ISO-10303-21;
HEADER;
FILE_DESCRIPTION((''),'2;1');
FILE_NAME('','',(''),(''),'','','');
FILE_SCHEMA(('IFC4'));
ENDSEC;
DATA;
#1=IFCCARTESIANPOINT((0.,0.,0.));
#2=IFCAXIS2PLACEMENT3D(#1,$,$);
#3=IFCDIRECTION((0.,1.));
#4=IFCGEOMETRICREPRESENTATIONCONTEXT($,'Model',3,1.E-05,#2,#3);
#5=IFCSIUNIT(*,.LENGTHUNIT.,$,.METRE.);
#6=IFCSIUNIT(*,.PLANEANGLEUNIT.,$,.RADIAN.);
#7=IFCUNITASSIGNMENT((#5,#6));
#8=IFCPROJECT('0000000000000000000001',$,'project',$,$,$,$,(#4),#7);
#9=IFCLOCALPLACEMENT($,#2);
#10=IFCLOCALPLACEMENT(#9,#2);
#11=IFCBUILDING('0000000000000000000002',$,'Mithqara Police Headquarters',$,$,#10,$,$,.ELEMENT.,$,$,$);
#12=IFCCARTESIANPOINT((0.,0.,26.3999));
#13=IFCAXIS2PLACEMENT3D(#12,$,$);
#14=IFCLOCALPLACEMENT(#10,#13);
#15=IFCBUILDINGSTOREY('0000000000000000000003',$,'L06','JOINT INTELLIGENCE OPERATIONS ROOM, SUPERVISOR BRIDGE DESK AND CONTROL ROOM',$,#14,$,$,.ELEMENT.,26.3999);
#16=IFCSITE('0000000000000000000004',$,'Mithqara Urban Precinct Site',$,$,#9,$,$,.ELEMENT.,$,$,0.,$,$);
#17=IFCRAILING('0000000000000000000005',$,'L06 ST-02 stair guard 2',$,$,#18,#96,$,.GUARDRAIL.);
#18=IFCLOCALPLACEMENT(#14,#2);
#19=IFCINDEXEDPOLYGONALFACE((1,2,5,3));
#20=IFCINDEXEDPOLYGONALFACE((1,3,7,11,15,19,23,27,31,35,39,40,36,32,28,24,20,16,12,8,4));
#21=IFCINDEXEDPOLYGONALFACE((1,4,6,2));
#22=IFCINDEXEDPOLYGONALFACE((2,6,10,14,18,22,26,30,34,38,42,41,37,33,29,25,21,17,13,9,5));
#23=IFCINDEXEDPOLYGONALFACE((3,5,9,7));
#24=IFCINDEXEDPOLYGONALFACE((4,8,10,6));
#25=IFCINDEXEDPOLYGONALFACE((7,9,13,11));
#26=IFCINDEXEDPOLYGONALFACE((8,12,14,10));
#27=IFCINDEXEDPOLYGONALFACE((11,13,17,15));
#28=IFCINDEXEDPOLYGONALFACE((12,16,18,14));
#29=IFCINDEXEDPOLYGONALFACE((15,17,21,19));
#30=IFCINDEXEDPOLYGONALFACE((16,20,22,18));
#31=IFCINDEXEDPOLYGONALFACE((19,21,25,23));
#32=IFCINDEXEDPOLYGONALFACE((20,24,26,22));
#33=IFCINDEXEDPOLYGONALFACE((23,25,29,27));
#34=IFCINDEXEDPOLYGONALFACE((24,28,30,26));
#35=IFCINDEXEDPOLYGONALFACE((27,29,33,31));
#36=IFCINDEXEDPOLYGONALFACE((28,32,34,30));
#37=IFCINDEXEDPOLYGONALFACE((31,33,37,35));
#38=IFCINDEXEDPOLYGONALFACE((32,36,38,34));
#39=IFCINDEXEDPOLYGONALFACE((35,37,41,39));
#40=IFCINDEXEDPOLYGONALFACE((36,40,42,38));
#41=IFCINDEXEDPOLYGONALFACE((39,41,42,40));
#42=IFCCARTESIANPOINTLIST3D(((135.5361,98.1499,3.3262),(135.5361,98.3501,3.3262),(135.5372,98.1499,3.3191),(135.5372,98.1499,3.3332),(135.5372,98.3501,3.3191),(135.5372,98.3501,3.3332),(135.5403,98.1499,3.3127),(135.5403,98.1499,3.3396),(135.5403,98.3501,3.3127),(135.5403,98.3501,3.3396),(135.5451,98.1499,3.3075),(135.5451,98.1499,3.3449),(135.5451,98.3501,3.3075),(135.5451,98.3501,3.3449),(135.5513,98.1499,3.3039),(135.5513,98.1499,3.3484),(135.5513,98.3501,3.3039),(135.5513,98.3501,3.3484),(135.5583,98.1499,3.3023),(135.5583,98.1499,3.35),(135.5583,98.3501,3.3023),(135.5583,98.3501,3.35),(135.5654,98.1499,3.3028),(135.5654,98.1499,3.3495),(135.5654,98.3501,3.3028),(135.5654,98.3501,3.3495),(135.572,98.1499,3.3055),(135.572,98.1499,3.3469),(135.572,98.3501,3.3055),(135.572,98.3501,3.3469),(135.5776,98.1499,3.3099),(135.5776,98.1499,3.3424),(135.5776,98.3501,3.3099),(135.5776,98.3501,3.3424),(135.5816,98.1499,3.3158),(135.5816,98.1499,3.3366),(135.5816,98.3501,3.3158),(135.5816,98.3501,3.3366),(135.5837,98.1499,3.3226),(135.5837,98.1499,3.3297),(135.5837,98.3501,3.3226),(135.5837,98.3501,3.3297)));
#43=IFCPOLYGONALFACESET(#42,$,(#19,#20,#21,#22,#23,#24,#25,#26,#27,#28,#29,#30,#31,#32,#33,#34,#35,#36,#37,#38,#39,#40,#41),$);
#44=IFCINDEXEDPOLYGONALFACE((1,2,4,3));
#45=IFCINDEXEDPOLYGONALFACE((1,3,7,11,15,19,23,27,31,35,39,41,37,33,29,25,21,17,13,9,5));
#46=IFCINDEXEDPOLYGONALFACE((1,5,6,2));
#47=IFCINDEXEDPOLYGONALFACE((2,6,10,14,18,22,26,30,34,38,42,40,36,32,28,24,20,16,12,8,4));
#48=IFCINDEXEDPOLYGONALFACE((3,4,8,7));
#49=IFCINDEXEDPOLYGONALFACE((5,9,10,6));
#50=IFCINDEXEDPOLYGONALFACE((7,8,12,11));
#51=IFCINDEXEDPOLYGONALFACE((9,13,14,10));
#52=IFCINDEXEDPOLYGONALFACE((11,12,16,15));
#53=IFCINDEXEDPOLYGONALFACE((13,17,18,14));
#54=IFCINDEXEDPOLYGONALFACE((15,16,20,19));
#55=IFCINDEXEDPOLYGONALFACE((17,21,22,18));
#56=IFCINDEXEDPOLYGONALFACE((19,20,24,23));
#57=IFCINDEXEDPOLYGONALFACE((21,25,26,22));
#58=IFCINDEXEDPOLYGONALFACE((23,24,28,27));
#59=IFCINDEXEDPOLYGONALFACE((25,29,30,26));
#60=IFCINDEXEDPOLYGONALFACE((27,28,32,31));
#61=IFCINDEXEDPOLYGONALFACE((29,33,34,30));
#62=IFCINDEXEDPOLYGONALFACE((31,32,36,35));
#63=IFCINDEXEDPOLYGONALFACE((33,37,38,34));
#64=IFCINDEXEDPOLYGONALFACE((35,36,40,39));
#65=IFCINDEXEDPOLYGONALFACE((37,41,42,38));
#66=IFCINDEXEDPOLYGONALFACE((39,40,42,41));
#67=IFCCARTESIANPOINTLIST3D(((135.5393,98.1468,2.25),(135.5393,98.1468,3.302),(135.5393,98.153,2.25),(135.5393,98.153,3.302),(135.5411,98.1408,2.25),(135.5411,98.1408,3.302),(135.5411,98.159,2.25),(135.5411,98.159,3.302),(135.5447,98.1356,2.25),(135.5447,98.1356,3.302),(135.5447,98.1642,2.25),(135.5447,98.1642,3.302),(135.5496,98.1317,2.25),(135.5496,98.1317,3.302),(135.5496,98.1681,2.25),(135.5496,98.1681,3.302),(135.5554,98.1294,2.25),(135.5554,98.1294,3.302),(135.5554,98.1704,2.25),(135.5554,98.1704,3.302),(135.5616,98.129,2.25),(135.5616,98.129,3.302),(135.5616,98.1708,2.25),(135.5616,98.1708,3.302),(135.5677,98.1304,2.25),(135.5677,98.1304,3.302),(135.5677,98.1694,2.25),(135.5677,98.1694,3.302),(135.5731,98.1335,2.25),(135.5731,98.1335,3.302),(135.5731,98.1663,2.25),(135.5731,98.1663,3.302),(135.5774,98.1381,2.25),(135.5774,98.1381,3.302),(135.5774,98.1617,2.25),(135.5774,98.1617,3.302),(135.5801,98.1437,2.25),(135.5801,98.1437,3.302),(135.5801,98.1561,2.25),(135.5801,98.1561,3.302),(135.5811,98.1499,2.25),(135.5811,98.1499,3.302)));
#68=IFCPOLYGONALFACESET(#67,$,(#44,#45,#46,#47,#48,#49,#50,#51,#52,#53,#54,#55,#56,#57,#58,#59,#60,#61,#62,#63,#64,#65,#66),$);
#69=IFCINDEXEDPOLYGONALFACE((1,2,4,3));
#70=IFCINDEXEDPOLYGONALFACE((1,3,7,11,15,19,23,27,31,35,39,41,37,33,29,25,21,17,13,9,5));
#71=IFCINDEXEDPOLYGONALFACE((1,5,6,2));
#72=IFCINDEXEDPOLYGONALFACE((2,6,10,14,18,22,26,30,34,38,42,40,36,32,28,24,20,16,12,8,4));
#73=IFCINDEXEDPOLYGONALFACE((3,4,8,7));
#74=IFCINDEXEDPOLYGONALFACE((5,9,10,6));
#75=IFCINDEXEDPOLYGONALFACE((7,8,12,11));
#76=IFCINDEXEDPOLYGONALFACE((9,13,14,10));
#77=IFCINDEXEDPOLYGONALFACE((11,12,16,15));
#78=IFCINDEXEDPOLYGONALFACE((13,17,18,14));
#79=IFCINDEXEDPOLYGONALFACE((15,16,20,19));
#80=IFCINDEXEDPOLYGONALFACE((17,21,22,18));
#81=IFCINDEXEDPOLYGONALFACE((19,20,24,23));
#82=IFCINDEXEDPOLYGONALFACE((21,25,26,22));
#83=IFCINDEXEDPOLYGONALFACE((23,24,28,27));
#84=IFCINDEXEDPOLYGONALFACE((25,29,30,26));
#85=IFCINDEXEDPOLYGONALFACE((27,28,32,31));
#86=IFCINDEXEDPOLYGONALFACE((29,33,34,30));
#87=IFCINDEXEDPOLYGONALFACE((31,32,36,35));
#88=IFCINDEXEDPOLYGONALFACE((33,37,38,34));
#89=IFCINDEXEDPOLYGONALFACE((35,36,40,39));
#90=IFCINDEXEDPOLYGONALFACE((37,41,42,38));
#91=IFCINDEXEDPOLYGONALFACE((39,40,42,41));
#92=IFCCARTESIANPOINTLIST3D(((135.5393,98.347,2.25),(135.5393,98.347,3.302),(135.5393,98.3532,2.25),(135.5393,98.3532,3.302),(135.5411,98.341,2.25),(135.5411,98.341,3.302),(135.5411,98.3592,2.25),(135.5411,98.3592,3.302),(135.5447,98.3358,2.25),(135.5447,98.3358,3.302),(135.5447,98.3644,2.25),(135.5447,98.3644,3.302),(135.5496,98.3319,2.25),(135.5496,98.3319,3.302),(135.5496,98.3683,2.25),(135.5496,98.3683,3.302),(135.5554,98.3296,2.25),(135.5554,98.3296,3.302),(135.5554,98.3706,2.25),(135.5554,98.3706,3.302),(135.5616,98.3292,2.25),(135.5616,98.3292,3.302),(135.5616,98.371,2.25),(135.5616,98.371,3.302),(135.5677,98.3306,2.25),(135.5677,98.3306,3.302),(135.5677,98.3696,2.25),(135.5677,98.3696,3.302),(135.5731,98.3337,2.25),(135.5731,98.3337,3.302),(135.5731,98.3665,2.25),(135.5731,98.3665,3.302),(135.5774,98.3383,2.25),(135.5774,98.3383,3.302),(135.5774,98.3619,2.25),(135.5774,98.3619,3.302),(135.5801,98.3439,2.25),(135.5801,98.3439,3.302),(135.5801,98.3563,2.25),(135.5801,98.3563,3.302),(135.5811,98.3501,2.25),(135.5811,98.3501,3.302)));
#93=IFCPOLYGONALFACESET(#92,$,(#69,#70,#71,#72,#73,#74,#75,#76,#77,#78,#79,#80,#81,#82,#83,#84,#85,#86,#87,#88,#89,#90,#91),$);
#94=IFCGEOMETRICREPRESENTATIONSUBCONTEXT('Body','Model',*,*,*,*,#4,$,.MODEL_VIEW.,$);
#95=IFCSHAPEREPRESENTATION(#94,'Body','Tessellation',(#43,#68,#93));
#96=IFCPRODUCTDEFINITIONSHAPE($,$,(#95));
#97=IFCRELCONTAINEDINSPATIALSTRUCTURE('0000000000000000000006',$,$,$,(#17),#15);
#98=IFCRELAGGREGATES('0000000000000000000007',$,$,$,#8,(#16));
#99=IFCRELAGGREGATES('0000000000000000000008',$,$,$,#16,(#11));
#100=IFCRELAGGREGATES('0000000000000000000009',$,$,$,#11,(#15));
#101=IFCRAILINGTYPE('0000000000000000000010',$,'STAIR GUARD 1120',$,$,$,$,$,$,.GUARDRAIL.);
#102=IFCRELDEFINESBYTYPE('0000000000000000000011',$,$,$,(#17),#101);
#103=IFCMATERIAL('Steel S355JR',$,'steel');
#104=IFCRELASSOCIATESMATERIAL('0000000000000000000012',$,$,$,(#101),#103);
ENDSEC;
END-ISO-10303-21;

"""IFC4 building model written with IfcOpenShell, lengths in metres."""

from ifc_helpers import new_model, si_unit, direction, frame, origin, origin_2d, place, context, subcontext, project, spatial, circle, extrude, material, type_object, element, save


model = new_model("IFC4")

# Units and contexts
model_context = context("Model", 3, precision=1e-05, world=origin(), true_north=direction((0.0, 1.0)))
body_context = subcontext(model_context, "Body", "Model", "MODEL_VIEW")
ifc_project = project(units=[si_unit("LENGTHUNIT", "METRE"), si_unit("PLANEANGLEUNIT", "RADIAN")], contexts=[model_context])

# Site, building, storey
site_placement = place(None, origin())
site = spatial("IfcSite", under=ifc_project, at=site_placement, Name="Mithqara Urban Precinct Site", CompositionType="ELEMENT", RefElevation=0.0)
building_placement = place(site_placement, origin())
building = spatial("IfcBuilding", under=site, at=building_placement, Name="Mithqara Police Headquarters", CompositionType="ELEMENT")
storey_placement = place(building_placement, frame((0.0, 0.0, 26.3999)))
storey = spatial("IfcBuildingStorey", under=building, at=storey_placement, Name="L06", Description="JOINT INTELLIGENCE OPERATIONS ROOM, SUPERVISOR BRIDGE DESK AND CONTROL ROOM", CompositionType="ELEMENT", Elevation=26.3999)

# Shared definitions
ifc_material_1 = material(Name="Steel S355JR", Category="steel")

# Railing
railing_type_1 = type_object("IfcRailingType", Name="STAIR GUARD 1120", PredefinedType="GUARDRAIL", material=ifc_material_1)
railing_1_placement = place(storey_placement, frame((135.5601, 98.1499, 2.25)))
element("IfcRailing", 1, at=railing_1_placement, inside=storey, type_object=railing_type_1, Name="L06 ST-02 stair guard 2", PredefinedType="GUARDRAIL", context=body_context, shape_type="SweptSolid", body=[
    extrude(circle(Radius=0.0239, at=origin_2d()), frame((0.0, 0.0, 1.0762), z_axis=(0.0, 1.0, 0.0), x_axis=(-1.0, 0.0, 0.0)), (0.0, 0.0, 1.0), 0.2002),
    extrude(circle(Radius=0.021, at=origin_2d()), origin(), (0.0, 0.0, 1.0), 1.052),
    extrude(circle(Radius=0.021, at=origin_2d()), frame((0.0, 0.2002, 0.0)), (0.0, 0.0, 1.0), 1.052),
])

save(model, "model.ifc")
